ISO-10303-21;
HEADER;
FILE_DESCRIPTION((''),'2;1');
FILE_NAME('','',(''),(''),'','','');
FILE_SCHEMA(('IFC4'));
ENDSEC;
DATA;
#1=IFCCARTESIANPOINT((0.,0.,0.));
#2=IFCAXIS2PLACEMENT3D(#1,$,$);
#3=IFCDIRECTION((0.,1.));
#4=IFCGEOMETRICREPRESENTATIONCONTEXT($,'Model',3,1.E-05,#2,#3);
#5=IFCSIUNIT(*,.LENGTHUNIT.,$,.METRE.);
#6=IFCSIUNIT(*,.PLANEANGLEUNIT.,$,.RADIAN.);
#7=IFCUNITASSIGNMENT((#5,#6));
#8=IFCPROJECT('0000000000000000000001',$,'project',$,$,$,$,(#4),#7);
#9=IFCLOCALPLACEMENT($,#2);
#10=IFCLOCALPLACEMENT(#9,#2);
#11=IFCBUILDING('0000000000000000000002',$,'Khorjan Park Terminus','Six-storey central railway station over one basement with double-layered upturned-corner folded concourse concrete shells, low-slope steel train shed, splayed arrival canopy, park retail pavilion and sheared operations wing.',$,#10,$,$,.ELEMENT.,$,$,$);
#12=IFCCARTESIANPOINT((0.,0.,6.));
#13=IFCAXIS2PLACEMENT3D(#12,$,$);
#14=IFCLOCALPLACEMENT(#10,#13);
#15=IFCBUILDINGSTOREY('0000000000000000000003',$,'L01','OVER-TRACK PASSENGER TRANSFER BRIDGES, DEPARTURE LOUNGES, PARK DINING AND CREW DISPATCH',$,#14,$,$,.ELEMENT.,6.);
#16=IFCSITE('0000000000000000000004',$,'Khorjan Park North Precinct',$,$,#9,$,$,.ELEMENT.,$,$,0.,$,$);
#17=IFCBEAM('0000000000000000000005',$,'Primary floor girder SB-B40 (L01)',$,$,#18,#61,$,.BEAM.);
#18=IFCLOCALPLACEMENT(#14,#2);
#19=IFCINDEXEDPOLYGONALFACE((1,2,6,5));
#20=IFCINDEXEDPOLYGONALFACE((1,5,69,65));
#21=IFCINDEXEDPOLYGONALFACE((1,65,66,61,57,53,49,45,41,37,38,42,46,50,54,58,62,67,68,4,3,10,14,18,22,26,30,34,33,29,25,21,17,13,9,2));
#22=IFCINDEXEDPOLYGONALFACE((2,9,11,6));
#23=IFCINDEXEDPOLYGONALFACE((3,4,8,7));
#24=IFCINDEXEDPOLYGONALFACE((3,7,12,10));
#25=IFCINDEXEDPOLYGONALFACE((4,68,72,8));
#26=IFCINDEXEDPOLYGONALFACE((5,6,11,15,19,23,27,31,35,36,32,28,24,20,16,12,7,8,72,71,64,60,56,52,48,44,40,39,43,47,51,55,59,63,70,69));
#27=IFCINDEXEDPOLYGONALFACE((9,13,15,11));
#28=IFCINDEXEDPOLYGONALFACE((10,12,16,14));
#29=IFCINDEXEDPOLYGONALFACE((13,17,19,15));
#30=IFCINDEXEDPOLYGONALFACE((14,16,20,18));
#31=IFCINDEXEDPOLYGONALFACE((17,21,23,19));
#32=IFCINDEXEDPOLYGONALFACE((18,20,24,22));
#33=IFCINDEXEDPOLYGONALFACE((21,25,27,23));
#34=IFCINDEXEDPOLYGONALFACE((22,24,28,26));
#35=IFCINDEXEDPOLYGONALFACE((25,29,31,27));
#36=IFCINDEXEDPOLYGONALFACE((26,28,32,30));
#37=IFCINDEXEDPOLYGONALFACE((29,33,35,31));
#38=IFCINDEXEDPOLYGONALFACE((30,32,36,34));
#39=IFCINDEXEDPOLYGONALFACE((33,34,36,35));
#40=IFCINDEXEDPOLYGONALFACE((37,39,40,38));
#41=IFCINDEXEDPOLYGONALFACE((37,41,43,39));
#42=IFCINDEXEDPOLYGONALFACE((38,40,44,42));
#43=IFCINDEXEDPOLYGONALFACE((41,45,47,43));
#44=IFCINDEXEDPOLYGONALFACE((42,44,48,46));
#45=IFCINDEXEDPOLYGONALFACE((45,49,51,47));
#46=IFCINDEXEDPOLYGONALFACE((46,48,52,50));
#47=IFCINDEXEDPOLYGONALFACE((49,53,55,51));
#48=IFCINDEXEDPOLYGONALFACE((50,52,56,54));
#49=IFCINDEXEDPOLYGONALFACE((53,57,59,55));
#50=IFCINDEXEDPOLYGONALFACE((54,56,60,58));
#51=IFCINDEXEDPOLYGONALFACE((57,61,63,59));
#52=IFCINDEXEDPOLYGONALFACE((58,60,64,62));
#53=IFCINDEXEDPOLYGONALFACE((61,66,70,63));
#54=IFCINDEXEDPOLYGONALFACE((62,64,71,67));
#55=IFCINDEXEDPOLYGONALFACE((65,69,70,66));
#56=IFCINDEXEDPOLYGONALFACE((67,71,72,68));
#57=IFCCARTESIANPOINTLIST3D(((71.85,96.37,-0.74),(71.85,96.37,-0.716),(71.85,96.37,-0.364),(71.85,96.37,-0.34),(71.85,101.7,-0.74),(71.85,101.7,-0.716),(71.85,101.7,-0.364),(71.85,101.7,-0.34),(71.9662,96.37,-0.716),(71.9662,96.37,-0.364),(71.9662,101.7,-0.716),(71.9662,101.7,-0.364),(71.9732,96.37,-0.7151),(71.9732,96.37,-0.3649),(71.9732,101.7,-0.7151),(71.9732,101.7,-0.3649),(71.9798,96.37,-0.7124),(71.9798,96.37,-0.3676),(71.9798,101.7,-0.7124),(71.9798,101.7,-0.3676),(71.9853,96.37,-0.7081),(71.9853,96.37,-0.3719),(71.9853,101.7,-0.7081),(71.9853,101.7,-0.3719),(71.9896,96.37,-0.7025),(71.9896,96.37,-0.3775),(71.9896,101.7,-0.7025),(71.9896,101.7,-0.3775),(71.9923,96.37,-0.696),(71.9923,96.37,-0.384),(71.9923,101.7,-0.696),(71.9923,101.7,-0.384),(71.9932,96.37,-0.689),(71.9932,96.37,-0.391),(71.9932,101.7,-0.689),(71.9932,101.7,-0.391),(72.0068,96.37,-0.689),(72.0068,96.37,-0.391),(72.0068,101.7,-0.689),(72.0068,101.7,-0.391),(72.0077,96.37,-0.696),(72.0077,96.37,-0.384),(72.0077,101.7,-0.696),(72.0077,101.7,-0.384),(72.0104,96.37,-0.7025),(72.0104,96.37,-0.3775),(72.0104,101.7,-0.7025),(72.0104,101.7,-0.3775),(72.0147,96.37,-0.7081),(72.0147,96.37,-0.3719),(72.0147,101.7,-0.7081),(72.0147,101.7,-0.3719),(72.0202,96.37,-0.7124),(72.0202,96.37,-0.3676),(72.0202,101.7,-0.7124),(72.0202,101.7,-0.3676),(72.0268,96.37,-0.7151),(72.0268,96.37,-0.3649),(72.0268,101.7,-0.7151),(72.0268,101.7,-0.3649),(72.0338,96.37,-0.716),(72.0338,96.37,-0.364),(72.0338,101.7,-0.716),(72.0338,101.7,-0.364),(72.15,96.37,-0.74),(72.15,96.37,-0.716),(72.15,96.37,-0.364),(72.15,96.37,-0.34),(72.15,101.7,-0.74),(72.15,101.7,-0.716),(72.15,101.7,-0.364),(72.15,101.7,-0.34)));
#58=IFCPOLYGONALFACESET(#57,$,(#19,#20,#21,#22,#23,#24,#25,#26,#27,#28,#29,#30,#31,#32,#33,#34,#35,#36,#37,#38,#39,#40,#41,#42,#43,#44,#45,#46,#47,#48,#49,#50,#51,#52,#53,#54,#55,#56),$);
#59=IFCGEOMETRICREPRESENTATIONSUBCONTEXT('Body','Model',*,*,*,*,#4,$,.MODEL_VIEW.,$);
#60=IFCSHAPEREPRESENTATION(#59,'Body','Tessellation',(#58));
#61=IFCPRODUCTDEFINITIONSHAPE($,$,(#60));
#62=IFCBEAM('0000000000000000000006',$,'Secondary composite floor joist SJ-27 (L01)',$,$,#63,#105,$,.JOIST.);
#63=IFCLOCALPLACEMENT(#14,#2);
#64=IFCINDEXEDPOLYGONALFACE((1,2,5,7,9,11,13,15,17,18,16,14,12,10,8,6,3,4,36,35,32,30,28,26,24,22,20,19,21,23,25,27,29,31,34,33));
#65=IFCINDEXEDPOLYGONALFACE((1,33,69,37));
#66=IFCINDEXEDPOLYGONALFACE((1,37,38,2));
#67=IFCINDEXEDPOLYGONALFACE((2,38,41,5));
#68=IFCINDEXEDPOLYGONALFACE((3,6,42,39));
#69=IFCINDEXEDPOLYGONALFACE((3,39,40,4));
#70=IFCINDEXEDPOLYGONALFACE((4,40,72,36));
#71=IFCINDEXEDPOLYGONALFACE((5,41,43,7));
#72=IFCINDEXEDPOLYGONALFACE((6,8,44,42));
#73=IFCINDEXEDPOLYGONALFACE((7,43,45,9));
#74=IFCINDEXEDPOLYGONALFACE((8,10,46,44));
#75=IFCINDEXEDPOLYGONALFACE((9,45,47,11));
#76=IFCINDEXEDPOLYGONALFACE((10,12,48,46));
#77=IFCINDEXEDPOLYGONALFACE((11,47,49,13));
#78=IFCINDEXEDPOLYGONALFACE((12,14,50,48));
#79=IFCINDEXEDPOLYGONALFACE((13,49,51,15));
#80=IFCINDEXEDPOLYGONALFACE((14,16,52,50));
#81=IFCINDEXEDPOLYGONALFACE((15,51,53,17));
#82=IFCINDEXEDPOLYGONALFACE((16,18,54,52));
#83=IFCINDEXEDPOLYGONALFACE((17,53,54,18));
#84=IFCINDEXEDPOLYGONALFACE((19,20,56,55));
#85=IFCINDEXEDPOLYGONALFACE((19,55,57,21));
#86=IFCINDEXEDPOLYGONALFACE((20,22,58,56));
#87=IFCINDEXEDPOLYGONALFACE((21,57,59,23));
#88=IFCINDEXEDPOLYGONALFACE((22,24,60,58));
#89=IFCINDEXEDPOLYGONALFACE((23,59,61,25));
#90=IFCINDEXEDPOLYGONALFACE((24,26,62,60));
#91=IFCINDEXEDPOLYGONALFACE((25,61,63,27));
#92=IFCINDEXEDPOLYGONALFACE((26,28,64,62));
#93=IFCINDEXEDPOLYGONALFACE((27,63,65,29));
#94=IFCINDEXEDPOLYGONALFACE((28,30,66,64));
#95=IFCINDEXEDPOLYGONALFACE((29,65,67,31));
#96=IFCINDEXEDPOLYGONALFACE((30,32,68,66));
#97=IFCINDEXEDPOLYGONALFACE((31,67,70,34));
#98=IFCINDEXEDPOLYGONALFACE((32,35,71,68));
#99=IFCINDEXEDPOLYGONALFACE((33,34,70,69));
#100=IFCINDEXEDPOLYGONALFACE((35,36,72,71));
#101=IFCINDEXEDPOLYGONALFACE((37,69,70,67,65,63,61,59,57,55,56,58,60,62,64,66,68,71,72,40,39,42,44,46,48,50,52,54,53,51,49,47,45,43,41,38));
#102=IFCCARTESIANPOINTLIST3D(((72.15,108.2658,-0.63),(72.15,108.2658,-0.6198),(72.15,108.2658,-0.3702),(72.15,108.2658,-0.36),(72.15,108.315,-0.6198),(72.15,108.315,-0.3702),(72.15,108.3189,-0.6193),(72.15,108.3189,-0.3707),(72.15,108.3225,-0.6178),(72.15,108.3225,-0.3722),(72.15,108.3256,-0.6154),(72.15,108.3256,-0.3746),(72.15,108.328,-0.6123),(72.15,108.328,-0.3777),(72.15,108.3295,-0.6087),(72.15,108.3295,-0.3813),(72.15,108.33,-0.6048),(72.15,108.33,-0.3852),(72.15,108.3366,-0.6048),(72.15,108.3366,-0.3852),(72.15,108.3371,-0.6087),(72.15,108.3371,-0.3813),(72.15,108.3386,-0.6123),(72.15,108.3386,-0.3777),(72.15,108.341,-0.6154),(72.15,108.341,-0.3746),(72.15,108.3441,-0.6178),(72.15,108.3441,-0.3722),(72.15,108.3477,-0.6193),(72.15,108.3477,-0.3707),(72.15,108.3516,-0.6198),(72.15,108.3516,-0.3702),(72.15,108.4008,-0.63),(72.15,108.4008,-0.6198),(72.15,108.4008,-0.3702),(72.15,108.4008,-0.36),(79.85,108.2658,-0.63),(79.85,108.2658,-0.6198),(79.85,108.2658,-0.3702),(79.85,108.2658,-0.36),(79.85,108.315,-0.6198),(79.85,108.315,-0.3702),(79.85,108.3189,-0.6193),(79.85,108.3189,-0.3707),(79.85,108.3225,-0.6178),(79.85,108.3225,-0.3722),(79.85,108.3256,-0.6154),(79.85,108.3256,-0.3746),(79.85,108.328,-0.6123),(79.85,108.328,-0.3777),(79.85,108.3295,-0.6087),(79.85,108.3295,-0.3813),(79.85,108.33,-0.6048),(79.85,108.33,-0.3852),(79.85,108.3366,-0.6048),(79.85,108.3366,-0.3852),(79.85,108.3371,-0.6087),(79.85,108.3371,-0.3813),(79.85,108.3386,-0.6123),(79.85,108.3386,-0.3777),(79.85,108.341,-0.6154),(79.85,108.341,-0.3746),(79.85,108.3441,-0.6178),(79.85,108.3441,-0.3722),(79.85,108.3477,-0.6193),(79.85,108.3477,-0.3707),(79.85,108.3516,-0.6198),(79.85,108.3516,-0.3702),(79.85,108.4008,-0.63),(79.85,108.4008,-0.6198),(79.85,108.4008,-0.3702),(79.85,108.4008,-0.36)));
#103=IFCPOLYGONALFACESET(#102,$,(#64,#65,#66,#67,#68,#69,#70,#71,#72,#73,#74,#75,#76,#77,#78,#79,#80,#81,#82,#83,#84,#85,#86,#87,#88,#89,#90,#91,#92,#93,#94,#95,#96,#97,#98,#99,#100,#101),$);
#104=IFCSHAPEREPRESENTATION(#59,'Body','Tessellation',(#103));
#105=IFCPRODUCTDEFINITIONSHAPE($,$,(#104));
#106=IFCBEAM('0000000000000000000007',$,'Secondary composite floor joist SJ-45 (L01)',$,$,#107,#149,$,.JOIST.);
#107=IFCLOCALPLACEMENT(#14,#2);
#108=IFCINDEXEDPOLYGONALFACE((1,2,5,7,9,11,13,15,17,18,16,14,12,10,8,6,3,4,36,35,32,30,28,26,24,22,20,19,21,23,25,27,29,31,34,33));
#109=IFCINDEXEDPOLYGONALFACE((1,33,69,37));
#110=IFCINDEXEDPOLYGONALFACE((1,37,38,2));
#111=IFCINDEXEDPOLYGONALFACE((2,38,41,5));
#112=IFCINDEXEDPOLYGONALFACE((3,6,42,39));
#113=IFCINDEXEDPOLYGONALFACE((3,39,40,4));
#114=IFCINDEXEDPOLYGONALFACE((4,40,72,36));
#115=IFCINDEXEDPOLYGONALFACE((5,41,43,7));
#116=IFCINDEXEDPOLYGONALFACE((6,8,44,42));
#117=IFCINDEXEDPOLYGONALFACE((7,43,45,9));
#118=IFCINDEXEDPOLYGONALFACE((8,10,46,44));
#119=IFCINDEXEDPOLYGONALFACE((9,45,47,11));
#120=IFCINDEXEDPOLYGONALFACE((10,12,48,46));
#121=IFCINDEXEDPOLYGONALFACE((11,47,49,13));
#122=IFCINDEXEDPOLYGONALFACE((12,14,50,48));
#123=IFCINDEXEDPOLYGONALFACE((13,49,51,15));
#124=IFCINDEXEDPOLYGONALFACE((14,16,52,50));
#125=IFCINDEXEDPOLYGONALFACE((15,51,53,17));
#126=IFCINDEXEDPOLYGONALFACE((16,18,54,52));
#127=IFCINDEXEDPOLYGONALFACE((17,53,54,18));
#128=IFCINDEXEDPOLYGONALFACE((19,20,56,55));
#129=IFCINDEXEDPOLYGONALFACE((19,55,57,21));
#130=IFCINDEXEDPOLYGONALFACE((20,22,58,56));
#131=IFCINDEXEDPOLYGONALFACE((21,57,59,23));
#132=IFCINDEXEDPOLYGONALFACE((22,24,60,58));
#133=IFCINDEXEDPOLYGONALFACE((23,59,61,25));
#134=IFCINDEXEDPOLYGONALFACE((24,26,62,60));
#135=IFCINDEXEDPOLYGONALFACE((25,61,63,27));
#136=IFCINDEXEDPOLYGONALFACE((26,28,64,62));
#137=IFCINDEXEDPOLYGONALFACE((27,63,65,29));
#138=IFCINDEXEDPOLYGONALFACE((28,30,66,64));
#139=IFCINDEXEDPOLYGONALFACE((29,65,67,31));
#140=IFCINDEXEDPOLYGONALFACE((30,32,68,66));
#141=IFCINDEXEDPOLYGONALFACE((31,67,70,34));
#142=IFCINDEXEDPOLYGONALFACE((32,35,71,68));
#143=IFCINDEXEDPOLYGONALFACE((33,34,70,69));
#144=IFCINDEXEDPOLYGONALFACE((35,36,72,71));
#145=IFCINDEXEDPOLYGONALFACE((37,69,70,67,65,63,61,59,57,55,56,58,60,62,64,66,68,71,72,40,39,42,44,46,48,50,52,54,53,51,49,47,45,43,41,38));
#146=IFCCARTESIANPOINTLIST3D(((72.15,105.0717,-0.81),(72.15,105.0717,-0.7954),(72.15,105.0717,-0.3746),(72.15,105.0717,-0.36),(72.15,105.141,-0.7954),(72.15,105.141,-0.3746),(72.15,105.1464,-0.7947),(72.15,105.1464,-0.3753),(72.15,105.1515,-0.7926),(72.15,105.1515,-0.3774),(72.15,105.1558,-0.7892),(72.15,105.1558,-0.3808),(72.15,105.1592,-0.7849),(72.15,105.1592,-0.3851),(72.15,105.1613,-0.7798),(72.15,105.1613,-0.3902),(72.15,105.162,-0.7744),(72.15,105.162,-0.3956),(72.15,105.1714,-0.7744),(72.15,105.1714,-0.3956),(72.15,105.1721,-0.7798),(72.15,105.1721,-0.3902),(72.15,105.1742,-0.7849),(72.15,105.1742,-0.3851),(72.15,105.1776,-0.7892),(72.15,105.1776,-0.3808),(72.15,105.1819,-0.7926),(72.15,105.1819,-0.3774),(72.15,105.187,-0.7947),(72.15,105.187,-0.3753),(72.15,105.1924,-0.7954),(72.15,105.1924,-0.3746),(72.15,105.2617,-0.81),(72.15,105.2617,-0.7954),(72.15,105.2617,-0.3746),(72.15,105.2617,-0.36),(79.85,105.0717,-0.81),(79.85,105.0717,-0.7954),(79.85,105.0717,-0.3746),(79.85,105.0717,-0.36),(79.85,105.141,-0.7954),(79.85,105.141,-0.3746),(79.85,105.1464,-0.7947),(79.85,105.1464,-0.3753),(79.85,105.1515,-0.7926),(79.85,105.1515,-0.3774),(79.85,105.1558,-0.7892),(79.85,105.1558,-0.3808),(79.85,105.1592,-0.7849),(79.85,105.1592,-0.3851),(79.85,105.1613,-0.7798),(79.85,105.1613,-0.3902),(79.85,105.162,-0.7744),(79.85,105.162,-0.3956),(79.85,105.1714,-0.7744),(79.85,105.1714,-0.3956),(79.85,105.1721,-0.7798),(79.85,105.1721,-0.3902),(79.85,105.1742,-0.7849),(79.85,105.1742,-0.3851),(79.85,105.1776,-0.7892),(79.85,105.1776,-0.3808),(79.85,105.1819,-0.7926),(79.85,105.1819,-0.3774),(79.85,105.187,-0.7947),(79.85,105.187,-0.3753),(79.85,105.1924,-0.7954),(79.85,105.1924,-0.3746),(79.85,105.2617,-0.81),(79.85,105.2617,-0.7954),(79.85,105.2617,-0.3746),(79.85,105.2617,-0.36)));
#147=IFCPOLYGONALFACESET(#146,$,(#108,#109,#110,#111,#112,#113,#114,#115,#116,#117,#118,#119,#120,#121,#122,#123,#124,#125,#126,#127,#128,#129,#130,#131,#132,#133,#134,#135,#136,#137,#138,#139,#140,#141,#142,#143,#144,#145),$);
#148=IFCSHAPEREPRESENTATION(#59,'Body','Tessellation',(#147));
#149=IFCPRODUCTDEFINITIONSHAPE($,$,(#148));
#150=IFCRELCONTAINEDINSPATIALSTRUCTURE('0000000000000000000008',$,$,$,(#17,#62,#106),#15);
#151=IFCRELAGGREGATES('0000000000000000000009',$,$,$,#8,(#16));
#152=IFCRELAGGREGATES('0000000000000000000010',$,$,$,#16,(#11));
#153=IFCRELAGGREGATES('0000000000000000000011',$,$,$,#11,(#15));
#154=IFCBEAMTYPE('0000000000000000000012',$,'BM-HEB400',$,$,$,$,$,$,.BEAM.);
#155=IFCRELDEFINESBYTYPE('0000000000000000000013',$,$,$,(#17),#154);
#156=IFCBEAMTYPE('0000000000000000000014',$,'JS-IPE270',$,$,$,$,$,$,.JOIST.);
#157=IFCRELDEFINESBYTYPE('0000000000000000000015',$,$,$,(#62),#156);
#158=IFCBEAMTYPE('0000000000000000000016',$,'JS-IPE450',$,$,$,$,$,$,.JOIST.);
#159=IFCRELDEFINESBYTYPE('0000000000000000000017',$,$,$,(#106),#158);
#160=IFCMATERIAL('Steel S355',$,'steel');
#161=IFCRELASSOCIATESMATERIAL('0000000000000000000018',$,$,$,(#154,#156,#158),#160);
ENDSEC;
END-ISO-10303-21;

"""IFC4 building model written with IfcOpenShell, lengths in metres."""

from ifc_helpers import new_model, si_unit, direction, frame, origin, origin_2d, place, context, subcontext, project, spatial, i_section, extrude, material, material_profile, profile_set, type_object, element, save


model = new_model("IFC4")

# Units and contexts
model_context = context("Model", 3, precision=1e-05, world=origin(), true_north=direction((0.0, 1.0)))
body_context = subcontext(model_context, "Body", "Model", "MODEL_VIEW")
ifc_project = project(units=[si_unit("LENGTHUNIT", "METRE"), si_unit("PLANEANGLEUNIT", "RADIAN")], contexts=[model_context])

# Site, building, storey
site_placement = place(None, origin())
site = spatial("IfcSite", under=ifc_project, at=site_placement, Name="Khorjan Park North Precinct", CompositionType="ELEMENT", RefElevation=0.0)
building_placement = place(site_placement, origin())
building = spatial("IfcBuilding", under=site, at=building_placement, Name="Khorjan Park Terminus", Description="Six-storey central railway station over one basement with double-layered upturned-corner folded concourse concrete shells, low-slope steel train shed, splayed arrival canopy, park retail pavilion and sheared operations wing.", CompositionType="ELEMENT")
storey_placement = place(building_placement, frame((0.0, 0.0, 6.0)))
storey = spatial("IfcBuildingStorey", under=building, at=storey_placement, Name="L01", Description="OVER-TRACK PASSENGER TRANSFER BRIDGES, DEPARTURE LOUNGES, PARK DINING AND CREW DISPATCH", CompositionType="ELEMENT", Elevation=6.0)

# Shared definitions
ifc_material_1 = material(Name="Steel S355", Category="steel")

# Beams
ifc_material_profile_1 = material_profile(ifc_material_1, i_section(OverallWidth=0.3, OverallDepth=0.4, WebThickness=0.0135, FlangeThickness=0.024, FilletRadius=0.027, at=origin_2d()), Name="HEB 400")
ifc_profile_set_1 = profile_set([ifc_material_profile_1], Name="Steel S355")
beam_type_1 = type_object("IfcBeamType", Name="BM-HEB400", PredefinedType="BEAM", material=ifc_profile_set_1)
beam_1_placement = place(storey_placement, frame((72.0, 96.37, -0.54), z_axis=(0.0, 1.0, 0.0), x_axis=(-1.0, 0.0, 0.0)))
element("IfcBeam", 1, at=beam_1_placement, inside=storey, type_object=beam_type_1, Name="Primary floor girder SB-B40 (L01)", PredefinedType="BEAM", context=body_context, shape_type="SweptSolid", body=[
    extrude(i_section(OverallWidth=0.3, OverallDepth=0.4, WebThickness=0.0135, FlangeThickness=0.024, FilletRadius=0.027, at=origin_2d()), origin(), (0.0, 0.0, 1.0), 5.33),
])
ifc_material_profile_2 = material_profile(ifc_material_1, i_section(OverallWidth=0.135, OverallDepth=0.27, WebThickness=0.0066, FlangeThickness=0.0102, FilletRadius=0.015, at=origin_2d()), Name="IPE 270")
ifc_profile_set_2 = profile_set([ifc_material_profile_2], Name="Steel S355")
beam_type_2 = type_object("IfcBeamType", Name="JS-IPE270", PredefinedType="JOIST", material=ifc_profile_set_2)
beam_2_placement = place(storey_placement, frame((72.15, 108.3333, -0.495), z_axis=(1.0, 0.0, 0.0), x_axis=(0.0, 1.0, 0.0)))
element("IfcBeam", 2, at=beam_2_placement, inside=storey, type_object=beam_type_2, Name="Secondary composite floor joist SJ-27 (L01)", PredefinedType="JOIST", context=body_context, shape_type="SweptSolid", body=[
    extrude(i_section(OverallWidth=0.135, OverallDepth=0.27, WebThickness=0.0066, FlangeThickness=0.0102, FilletRadius=0.015, at=origin_2d()), origin(), (0.0, 0.0, 1.0), 7.7),
])
ifc_material_profile_3 = material_profile(ifc_material_1, i_section(OverallWidth=0.19, OverallDepth=0.45, WebThickness=0.0094, FlangeThickness=0.0146, FilletRadius=0.021, at=origin_2d()), Name="IPE 450")
ifc_profile_set_3 = profile_set([ifc_material_profile_3], Name="Steel S355")
beam_type_3 = type_object("IfcBeamType", Name="JS-IPE450", PredefinedType="JOIST", material=ifc_profile_set_3)
beam_3_placement = place(storey_placement, frame((72.15, 105.1667, -0.585), z_axis=(1.0, 0.0, 0.0), x_axis=(0.0, 1.0, 0.0)))
element("IfcBeam", 3, at=beam_3_placement, inside=storey, type_object=beam_type_3, Name="Secondary composite floor joist SJ-45 (L01)", PredefinedType="JOIST", context=body_context, shape_type="SweptSolid", body=[
    extrude(i_section(OverallWidth=0.19, OverallDepth=0.45, WebThickness=0.0094, FlangeThickness=0.0146, FilletRadius=0.021, at=origin_2d()), origin(), (0.0, 0.0, 1.0), 7.7),
])

save(model, "model.ifc")
